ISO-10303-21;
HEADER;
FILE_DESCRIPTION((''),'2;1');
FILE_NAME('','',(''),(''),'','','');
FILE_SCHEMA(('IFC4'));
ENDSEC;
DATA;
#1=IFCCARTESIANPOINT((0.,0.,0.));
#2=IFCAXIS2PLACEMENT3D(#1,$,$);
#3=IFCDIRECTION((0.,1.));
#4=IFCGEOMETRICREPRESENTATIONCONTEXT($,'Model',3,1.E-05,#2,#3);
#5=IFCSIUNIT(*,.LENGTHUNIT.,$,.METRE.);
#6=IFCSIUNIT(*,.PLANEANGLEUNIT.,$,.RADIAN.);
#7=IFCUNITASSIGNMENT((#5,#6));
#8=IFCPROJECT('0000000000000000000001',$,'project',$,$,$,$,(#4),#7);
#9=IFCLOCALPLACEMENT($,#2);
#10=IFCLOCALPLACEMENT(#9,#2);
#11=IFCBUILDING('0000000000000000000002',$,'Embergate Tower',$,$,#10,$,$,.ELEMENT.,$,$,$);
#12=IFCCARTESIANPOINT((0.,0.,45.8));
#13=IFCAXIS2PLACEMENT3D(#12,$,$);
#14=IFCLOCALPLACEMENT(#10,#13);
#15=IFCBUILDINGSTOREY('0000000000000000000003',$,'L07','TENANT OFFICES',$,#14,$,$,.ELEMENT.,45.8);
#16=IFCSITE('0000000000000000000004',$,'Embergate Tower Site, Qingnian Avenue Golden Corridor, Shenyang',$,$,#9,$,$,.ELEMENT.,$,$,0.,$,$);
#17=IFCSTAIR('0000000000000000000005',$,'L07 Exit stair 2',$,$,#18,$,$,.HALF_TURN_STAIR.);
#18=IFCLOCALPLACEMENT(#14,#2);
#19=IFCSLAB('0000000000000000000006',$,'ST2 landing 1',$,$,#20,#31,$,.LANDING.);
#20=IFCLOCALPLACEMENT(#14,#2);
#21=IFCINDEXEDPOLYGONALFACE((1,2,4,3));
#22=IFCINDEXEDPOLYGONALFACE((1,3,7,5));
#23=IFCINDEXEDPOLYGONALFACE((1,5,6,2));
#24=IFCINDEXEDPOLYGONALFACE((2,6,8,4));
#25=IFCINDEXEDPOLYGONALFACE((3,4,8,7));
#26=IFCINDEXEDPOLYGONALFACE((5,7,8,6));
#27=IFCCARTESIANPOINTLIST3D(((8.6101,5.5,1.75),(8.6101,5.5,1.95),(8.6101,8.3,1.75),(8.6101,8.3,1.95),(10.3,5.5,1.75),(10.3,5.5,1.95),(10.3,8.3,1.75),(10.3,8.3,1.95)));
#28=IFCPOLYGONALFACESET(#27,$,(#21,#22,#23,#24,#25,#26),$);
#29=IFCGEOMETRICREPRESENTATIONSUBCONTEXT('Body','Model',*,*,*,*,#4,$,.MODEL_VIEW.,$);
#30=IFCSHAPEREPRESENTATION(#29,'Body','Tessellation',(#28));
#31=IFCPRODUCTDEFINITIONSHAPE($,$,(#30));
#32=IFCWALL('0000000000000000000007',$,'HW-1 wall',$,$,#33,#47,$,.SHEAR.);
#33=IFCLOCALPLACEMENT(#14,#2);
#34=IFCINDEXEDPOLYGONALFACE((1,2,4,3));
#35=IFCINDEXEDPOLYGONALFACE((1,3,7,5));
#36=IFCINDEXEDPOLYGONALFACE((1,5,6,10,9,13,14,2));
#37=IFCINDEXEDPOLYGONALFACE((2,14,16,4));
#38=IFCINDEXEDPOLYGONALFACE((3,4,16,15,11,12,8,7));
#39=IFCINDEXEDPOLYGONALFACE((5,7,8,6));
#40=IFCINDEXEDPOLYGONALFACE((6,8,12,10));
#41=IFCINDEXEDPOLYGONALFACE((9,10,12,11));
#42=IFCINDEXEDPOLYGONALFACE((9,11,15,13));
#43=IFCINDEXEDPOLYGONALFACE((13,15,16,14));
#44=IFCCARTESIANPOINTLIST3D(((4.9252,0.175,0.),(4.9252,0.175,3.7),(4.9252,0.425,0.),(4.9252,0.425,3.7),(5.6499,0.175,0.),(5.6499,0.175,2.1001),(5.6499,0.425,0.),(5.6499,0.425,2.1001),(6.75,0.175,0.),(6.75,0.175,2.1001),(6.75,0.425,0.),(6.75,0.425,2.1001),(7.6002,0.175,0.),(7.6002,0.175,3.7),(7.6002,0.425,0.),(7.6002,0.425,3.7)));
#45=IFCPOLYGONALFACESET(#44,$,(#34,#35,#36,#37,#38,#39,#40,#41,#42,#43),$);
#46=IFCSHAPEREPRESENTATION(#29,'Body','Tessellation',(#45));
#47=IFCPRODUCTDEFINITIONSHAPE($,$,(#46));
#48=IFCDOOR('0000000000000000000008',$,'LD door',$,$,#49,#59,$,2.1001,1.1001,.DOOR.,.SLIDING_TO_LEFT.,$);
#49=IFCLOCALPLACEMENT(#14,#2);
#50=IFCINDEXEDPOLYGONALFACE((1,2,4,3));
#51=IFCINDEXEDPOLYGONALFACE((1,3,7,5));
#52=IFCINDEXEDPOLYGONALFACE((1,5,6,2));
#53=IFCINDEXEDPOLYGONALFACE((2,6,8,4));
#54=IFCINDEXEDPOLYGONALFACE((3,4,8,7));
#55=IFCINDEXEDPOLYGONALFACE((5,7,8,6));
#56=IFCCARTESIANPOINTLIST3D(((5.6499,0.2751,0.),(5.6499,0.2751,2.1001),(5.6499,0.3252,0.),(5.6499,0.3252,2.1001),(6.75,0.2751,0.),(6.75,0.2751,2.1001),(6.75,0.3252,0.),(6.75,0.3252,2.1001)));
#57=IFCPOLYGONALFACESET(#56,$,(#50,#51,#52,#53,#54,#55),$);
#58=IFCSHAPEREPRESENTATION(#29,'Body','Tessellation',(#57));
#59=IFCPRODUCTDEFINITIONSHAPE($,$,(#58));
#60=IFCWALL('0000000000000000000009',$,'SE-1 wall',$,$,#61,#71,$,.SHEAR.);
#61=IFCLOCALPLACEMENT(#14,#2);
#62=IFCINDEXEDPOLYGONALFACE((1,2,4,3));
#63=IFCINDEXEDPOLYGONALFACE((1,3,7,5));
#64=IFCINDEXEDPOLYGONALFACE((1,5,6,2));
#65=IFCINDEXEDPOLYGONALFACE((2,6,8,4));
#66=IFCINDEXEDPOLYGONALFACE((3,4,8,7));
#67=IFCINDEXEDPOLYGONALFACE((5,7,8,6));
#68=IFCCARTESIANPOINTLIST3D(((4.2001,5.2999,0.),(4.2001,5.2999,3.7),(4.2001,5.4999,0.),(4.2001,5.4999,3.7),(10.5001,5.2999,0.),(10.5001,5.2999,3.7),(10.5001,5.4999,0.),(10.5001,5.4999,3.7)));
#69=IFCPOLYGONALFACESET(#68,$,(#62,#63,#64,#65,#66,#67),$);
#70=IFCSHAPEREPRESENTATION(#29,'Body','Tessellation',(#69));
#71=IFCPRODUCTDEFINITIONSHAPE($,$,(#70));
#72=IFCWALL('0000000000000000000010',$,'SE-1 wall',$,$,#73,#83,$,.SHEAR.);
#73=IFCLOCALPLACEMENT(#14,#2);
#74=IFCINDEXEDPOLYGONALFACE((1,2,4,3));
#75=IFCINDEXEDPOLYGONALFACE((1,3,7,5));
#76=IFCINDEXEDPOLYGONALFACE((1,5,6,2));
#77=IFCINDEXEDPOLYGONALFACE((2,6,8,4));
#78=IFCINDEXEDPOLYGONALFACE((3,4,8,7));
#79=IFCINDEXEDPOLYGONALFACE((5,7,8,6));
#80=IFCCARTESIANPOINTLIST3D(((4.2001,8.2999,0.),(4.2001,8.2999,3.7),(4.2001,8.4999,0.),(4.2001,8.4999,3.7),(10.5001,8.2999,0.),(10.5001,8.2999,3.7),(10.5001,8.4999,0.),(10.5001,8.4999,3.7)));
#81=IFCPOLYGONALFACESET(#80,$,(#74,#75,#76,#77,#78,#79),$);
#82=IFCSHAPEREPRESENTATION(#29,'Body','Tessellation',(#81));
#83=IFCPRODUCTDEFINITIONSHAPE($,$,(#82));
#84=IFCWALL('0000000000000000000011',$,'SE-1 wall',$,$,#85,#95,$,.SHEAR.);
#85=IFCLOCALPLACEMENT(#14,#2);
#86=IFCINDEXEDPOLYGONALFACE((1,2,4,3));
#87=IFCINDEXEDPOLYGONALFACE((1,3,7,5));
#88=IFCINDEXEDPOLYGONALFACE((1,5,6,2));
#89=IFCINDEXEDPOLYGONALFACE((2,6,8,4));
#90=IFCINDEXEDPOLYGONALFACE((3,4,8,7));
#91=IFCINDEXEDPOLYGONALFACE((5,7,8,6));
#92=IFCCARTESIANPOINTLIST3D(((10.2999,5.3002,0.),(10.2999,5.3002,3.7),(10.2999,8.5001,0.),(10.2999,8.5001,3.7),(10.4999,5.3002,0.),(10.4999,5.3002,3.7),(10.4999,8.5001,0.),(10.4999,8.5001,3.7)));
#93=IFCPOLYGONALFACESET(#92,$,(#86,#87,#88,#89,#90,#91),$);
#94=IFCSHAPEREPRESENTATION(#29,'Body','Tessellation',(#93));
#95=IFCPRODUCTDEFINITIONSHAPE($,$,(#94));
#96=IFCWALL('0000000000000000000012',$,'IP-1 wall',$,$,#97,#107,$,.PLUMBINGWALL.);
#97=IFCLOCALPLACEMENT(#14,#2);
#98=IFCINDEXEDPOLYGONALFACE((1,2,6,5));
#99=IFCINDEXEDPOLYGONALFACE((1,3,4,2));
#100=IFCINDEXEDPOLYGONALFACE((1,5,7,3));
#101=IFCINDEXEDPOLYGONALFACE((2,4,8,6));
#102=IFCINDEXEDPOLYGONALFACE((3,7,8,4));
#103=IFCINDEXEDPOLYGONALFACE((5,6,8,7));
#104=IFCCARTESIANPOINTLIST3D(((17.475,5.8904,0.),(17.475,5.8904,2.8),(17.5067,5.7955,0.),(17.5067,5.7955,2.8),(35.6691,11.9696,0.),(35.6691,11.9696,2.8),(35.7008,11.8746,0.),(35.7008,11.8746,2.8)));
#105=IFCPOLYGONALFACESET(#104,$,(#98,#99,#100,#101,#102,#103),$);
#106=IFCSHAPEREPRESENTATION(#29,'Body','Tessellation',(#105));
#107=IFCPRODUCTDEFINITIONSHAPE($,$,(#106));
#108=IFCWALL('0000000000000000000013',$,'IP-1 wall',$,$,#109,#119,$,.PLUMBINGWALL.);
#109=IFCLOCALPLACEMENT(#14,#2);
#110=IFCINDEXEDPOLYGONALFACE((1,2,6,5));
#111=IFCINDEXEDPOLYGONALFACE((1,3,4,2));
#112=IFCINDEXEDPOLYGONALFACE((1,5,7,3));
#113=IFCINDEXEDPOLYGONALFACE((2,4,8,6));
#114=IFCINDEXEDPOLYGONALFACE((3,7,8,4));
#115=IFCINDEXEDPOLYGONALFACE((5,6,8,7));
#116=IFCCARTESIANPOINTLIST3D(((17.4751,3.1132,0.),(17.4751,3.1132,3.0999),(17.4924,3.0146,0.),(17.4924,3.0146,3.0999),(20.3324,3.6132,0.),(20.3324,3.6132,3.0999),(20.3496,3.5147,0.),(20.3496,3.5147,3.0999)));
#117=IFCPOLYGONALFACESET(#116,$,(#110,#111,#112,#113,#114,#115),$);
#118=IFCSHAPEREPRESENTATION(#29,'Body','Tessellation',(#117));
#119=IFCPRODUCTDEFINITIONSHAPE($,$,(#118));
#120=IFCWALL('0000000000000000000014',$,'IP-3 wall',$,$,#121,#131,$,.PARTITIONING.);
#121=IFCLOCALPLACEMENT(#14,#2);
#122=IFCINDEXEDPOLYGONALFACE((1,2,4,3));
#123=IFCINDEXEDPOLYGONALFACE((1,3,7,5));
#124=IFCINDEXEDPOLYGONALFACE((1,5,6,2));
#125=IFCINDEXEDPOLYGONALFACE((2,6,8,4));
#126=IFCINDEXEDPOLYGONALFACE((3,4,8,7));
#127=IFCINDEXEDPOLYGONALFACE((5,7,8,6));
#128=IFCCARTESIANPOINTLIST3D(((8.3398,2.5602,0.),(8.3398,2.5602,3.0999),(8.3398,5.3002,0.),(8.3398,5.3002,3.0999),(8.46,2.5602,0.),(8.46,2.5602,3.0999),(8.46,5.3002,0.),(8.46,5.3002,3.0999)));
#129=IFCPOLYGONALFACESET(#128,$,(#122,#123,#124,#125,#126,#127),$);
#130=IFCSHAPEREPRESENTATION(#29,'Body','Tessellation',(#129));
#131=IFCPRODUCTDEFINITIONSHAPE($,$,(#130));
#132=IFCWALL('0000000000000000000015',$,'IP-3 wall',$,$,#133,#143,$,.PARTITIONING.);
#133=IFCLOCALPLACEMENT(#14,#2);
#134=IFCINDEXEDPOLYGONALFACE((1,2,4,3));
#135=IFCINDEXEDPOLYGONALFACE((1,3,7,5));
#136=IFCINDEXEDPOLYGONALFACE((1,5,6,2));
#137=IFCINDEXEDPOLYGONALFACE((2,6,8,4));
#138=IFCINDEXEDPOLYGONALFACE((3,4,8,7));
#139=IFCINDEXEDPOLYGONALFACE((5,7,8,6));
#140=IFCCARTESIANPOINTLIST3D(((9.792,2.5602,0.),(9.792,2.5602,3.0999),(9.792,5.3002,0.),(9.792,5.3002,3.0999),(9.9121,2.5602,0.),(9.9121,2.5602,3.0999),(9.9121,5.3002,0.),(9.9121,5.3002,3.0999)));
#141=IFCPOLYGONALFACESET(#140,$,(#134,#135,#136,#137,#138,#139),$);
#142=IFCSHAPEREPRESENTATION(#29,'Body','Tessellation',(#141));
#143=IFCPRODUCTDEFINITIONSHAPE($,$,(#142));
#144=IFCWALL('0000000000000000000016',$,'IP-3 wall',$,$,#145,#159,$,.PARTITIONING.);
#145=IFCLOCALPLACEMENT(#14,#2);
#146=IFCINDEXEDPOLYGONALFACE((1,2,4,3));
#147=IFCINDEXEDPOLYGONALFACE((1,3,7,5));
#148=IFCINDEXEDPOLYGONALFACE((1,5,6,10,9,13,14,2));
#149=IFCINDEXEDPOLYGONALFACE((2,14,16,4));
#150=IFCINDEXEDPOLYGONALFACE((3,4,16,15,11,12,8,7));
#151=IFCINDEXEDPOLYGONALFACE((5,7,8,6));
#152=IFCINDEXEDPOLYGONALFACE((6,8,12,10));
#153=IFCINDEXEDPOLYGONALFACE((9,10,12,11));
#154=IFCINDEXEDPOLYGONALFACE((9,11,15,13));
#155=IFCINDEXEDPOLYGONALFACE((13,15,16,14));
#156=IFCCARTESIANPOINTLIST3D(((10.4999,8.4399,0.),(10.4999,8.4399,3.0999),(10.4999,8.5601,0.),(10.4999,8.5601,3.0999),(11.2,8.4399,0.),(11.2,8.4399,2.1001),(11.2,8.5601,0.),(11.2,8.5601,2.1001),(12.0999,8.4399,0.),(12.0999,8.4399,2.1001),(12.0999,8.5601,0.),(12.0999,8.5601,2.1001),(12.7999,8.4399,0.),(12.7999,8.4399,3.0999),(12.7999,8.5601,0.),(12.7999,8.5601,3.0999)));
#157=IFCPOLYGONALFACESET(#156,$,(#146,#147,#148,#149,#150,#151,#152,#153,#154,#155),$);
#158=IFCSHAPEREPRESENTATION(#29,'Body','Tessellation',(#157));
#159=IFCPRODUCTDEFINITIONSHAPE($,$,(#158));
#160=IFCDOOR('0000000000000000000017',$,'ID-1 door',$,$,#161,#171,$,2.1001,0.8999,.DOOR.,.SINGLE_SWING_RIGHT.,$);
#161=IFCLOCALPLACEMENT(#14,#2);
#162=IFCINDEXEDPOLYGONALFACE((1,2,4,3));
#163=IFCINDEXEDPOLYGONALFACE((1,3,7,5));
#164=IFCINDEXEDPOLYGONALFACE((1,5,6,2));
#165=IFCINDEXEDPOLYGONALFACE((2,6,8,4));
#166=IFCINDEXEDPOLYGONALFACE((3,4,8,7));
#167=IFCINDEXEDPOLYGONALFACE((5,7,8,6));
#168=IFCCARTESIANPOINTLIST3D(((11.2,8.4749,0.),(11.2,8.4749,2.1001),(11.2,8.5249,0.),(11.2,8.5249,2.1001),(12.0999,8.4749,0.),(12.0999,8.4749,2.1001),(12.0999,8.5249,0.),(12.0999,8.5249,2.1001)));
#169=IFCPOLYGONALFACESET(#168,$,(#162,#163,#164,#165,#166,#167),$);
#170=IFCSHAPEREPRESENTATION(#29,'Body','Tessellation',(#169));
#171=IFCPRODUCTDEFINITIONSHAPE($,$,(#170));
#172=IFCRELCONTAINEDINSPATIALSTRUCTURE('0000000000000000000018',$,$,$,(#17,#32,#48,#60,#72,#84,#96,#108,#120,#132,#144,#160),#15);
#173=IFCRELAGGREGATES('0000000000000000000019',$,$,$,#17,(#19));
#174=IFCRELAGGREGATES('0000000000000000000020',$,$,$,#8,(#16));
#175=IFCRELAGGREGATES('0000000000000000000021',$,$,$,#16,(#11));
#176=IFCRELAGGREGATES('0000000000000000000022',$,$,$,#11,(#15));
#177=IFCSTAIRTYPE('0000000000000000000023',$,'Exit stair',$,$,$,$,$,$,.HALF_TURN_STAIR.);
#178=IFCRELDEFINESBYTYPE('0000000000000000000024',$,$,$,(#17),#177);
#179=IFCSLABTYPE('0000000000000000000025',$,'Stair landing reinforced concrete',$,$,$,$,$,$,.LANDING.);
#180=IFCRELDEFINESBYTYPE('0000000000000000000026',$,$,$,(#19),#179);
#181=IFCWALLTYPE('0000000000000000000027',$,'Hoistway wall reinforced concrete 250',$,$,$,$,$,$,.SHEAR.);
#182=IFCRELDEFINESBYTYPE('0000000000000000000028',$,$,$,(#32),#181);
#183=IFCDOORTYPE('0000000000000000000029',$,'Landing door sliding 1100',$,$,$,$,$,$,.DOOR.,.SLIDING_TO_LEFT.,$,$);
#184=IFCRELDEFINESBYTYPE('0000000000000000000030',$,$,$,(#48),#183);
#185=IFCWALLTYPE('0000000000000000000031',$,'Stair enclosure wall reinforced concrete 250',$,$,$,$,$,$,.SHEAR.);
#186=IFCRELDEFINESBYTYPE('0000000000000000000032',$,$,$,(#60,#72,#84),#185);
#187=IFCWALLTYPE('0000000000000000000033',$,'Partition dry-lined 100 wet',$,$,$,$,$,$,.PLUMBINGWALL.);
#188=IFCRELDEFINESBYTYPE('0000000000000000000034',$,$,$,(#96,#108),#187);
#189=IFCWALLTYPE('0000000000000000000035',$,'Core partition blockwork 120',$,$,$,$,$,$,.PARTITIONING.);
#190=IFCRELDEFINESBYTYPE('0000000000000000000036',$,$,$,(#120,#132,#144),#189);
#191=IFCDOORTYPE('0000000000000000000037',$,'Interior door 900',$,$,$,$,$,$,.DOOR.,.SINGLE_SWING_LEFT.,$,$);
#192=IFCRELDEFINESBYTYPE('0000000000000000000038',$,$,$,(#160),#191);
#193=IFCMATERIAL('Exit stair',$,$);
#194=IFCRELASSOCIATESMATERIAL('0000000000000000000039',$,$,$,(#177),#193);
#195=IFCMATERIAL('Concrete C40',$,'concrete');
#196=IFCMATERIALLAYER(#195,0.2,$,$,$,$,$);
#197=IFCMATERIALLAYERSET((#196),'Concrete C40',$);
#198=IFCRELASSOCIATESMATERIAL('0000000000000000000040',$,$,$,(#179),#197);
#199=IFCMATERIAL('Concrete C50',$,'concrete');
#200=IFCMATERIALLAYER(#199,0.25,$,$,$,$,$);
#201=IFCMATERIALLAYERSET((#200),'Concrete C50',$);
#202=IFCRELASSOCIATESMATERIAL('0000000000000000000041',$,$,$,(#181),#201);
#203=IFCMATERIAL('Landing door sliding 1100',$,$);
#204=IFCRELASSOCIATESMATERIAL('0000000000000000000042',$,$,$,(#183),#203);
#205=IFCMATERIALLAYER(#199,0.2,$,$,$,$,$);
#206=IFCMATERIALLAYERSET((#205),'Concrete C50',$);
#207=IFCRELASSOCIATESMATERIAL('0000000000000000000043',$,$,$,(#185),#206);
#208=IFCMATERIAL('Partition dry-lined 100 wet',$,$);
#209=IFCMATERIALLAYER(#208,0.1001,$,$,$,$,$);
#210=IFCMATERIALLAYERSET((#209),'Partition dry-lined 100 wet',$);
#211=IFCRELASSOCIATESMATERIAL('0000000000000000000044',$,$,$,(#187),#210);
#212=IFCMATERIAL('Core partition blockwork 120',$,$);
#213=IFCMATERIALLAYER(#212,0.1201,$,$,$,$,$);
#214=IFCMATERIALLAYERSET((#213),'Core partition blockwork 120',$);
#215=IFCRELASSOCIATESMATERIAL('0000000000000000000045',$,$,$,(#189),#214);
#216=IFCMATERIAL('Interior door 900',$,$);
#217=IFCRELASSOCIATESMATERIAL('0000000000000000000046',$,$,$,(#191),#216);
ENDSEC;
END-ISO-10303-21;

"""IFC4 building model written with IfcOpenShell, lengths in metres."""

from ifc_helpers import new_model, si_unit, direction, frame, frame_2d, origin, place, context, subcontext, project, spatial, polyline, rectangle, outline, extrude, source, transform, mapped, material, layer, layer_set, type_object, element, fill, aggregate, save


model = new_model("IFC4")

# Units and contexts
model_context = context("Model", 3, precision=1e-05, world=origin(), true_north=direction((0.0, 1.0)))
body_context = subcontext(model_context, "Body", "Model", "MODEL_VIEW")
ifc_project = project(units=[si_unit("LENGTHUNIT", "METRE"), si_unit("PLANEANGLEUNIT", "RADIAN")], contexts=[model_context])

# Site, building, storey
site_placement = place(None, origin())
site = spatial("IfcSite", under=ifc_project, at=site_placement, Name="Embergate Tower Site, Qingnian Avenue Golden Corridor, Shenyang", CompositionType="ELEMENT", RefElevation=0.0)
building_placement = place(site_placement, origin())
building = spatial("IfcBuilding", under=site, at=building_placement, Name="Embergate Tower", CompositionType="ELEMENT")
storey_placement = place(building_placement, frame((0.0, 0.0, 45.8)))
storey = spatial("IfcBuildingStorey", under=building, at=storey_placement, Name="L07", Description="TENANT OFFICES", CompositionType="ELEMENT", Elevation=45.8)

# Stair, slab
ifc_material_1 = material(Name="Exit stair")
stair_type = type_object("IfcStairType", Name="Exit stair", PredefinedType="HALF_TURN_STAIR", material=ifc_material_1)
stair_placement = place(storey_placement, origin())
stair = element("IfcStair", 1, at=stair_placement, inside=storey, type_object=stair_type, Name="L07 Exit stair 2", PredefinedType="HALF_TURN_STAIR")
ifc_material_2 = material(Name="Concrete C40", Category="concrete")
ifc_layer_1 = layer(ifc_material_2, 0.2)
ifc_layer_set_1 = layer_set([ifc_layer_1], Name="Concrete C40")
slab_type = type_object("IfcSlabType", Name="Stair landing reinforced concrete", PredefinedType="LANDING", material=ifc_layer_set_1)
shared_shape_1 = source(origin(), body_context, "Body", "SweptSolid", [
    extrude(outline(polyline([(0.0, 0.0), (1.6899, 0.0), (1.6899, 2.8), (0.0, 2.8), (0.0, 0.0)])), origin(), (0.0, 0.0, 1.0), 0.2),
])
slab_placement = place(storey_placement, frame((8.6101, 5.5, 1.75)))
slab = element("IfcSlab", 2, at=slab_placement, type_object=slab_type, Name="ST2 landing 1", PredefinedType="LANDING", context=body_context, shape_type="MappedRepresentation", body=[
    mapped(shared_shape_1, transform((0.0, 0.0, 0.0))),
])

# Wall, opening, door
ifc_material_3 = material(Name="Concrete C50", Category="concrete")
ifc_layer_2 = layer(ifc_material_3, 0.25)
ifc_layer_set_2 = layer_set([ifc_layer_2], Name="Concrete C50")
wall_type_1 = type_object("IfcWallType", Name="Hoistway wall reinforced concrete 250", PredefinedType="SHEAR", material=ifc_layer_set_2)
shared_shape_2 = source(origin(), body_context, "Body", "SweptSolid", [
    extrude(rectangle(XDim=2.675, YDim=0.25, at=frame_2d((1.3374, 0.0))), origin(), (0.0, 0.0, 1.0), 3.7),
])
wall_1_placement = place(storey_placement, frame((7.6001, 0.3, 0.0), z_axis=(0.0, 0.0, 1.0), x_axis=(-1.0, 0.0, 0.0)))
wall_1 = element("IfcWall", 3, at=wall_1_placement, inside=storey, type_object=wall_type_1, Name="HW-1 wall", PredefinedType="SHEAR", context=body_context, shape_type="MappedRepresentation", body=[
    mapped(shared_shape_2, transform((0.0, 0.0, 0.0))),
])
shared_shape_3 = source(origin(), body_context, "Body", "SweptSolid", [
    extrude(rectangle(XDim=1.1001, YDim=2.1001, at=frame_2d((0.55, 1.05))), frame((0.0, 0.135, 0.0), z_axis=(0.0, -1.0, 0.0), x_axis=(1.0, 0.0, 0.0)), (0.0, 0.0, 1.0), 0.27),
])
opening_1_placement = place(wall_1_placement, frame((0.8501, 0.0, 0.0)))
opening_1 = element("IfcOpeningElement", 4, at=opening_1_placement, cuts=wall_1, PredefinedType="OPENING", context=body_context, shape_type="MappedRepresentation", body=[
    mapped(shared_shape_3, transform((0.0, 0.0, 0.0))),
])
ifc_material_4 = material(Name="Landing door sliding 1100")
door_type_1 = type_object("IfcDoorType", Name="Landing door sliding 1100", OperationType="SLIDING_TO_LEFT", PredefinedType="DOOR", material=ifc_material_4)
shared_shape_4 = source(origin(), body_context, "Body", "SweptSolid", [
    extrude(rectangle(XDim=1.1001, YDim=2.1001, at=frame_2d((0.55, 1.05))), frame((0.0, 0.0249, 0.0), z_axis=(0.0, -1.0, 0.0), x_axis=(1.0, 0.0, 0.0)), (0.0, 0.0, 1.0), 0.05),
])
door_1_placement = place(opening_1_placement, origin())
door_1 = element("IfcDoor", 5, at=door_1_placement, inside=storey, type_object=door_type_1, Name="LD door", OperationType="SLIDING_TO_LEFT", OverallHeight=2.1001, OverallWidth=1.1001, PredefinedType="DOOR", context=body_context, shape_type="MappedRepresentation", body=[
    mapped(shared_shape_4, transform((0.0, 0.0, 0.0))),
])
fill(opening_1, door_1)

# Walls
ifc_layer_3 = layer(ifc_material_3, 0.2)
ifc_layer_set_3 = layer_set([ifc_layer_3], Name="Concrete C50")
wall_type_2 = type_object("IfcWallType", Name="Stair enclosure wall reinforced concrete 250", PredefinedType="SHEAR", material=ifc_layer_set_3)
shared_shape_5 = source(origin(), body_context, "Body", "SweptSolid", [
    extrude(rectangle(XDim=6.3, YDim=0.2, at=frame_2d((3.1499, 0.0))), origin(), (0.0, 0.0, 1.0), 3.7),
])
for number, where, z_axis, x_axis, name in (
    (6, (10.5, 5.3999, 0.0), (0.0, 0.0, 1.0), (-1.0, 0.0, 0.0), "SE-1 wall"),
    (7, (10.5, 8.3999, 0.0), (0.0, 0.0, 1.0), (-1.0, 0.0, 0.0), "SE-1 wall"),
):
    element("IfcWall", number, at=place(storey_placement, frame(where, z_axis=z_axis, x_axis=x_axis)), inside=storey, type_object=wall_type_2, Name=name, PredefinedType="SHEAR", context=body_context, shape_type="MappedRepresentation", body=[
        mapped(shared_shape_5, transform((0.0, 0.0, 0.0))),
    ])
shared_shape_6 = source(origin(), body_context, "Body", "SweptSolid", [
    extrude(rectangle(XDim=3.2, YDim=0.2, at=frame_2d((1.6001, 0.0))), origin(), (0.0, 0.0, 1.0), 3.7),
])
wall_2_placement = place(storey_placement, frame((10.3999, 5.3, 0.0), z_axis=(0.0, 0.0, 1.0), x_axis=(0.0, 1.0, 0.0)))
element("IfcWall", 8, at=wall_2_placement, inside=storey, type_object=wall_type_2, Name="SE-1 wall", PredefinedType="SHEAR", context=body_context, shape_type="MappedRepresentation", body=[
    mapped(shared_shape_6, transform((0.0, 0.0, 0.0))),
])
ifc_material_5 = material(Name="Partition dry-lined 100 wet")
ifc_layer_4 = layer(ifc_material_5, 0.1001)
ifc_layer_set_4 = layer_set([ifc_layer_4], Name="Partition dry-lined 100 wet")
wall_type_3 = type_object("IfcWallType", Name="Partition dry-lined 100 wet", PredefinedType="PLUMBINGWALL", material=ifc_layer_set_4)
shared_shape_7 = source(origin(), body_context, "Body", "SweptSolid", [
    extrude(rectangle(XDim=19.1829, YDim=0.1001, at=frame_2d((9.5913, 0.0))), origin(), (0.0, 0.0, 1.0), 2.8),
])
wall_3_placement = place(storey_placement, frame((17.491, 5.843, 0.0), z_axis=(0.0, 0.0, 1.0), x_axis=(0.948458, 0.316903, 0.0)))
element("IfcWall", 9, at=wall_3_placement, inside=storey, type_object=wall_type_3, Name="IP-1 wall", PredefinedType="PLUMBINGWALL", context=body_context, shape_type="MappedRepresentation", body=[
    mapped(shared_shape_7, transform((0.0, 0.0, 0.0))),
])
shared_shape_8 = source(origin(), body_context, "Body", "SweptSolid", [
    extrude(rectangle(XDim=2.9006, YDim=0.1001, at=frame_2d((1.4502, 0.0))), origin(), (0.0, 0.0, 1.0), 3.0999),
])
wall_4_placement = place(storey_placement, frame((17.4839, 3.064, 0.0), z_axis=(0.0, 0.0, 1.0), x_axis=(0.985031, 0.172378, 0.0)))
element("IfcWall", 10, at=wall_4_placement, inside=storey, type_object=wall_type_3, Name="IP-1 wall", PredefinedType="PLUMBINGWALL", context=body_context, shape_type="MappedRepresentation", body=[
    mapped(shared_shape_8, transform((0.0, 0.0, 0.0))),
])
ifc_material_6 = material(Name="Core partition blockwork 120")
ifc_layer_5 = layer(ifc_material_6, 0.1201)
ifc_layer_set_5 = layer_set([ifc_layer_5], Name="Core partition blockwork 120")
wall_type_4 = type_object("IfcWallType", Name="Core partition blockwork 120", PredefinedType="PARTITIONING", material=ifc_layer_set_5)
shared_shape_9 = source(origin(), body_context, "Body", "SweptSolid", [
    extrude(rectangle(XDim=2.74, YDim=0.1201, at=frame_2d((1.3701, 0.0))), origin(), (0.0, 0.0, 1.0), 3.0999),
])
for number, where, z_axis, x_axis, name in (
    (11, (8.3999, 2.5601, 0.0), (0.0, 0.0, 1.0), (0.0, 1.0, 0.0), "IP-3 wall"),
    (12, (9.8521, 2.5601, 0.0), (0.0, 0.0, 1.0), (0.0, 1.0, 0.0), "IP-3 wall"),
):
    element("IfcWall", number, at=place(storey_placement, frame(where, z_axis=z_axis, x_axis=x_axis)), inside=storey, type_object=wall_type_4, Name=name, PredefinedType="PARTITIONING", context=body_context, shape_type="MappedRepresentation", body=[
        mapped(shared_shape_9, transform((0.0, 0.0, 0.0))),
    ])

# Wall, opening, door
shared_shape_10 = source(origin(), body_context, "Body", "SweptSolid", [
    extrude(rectangle(XDim=2.3, YDim=0.1201, at=frame_2d((1.1499, 0.0))), origin(), (0.0, 0.0, 1.0), 3.0999),
])
wall_5_placement = place(storey_placement, frame((10.5, 8.5, 0.0), z_axis=(0.0, 0.0, 1.0), x_axis=(1.0, 0.0, 0.0)))
wall_5 = element("IfcWall", 13, at=wall_5_placement, inside=storey, type_object=wall_type_4, Name="IP-3 wall", PredefinedType="PARTITIONING", context=body_context, shape_type="MappedRepresentation", body=[
    mapped(shared_shape_10, transform((0.0, 0.0, 0.0))),
])
shared_shape_11 = source(origin(), body_context, "Body", "SweptSolid", [
    extrude(rectangle(XDim=0.8999, YDim=2.1001, at=frame_2d((0.45, 1.05))), frame((0.0, 0.0701, 0.0), z_axis=(0.0, -1.0, 0.0), x_axis=(1.0, 0.0, 0.0)), (0.0, 0.0, 1.0), 0.1401),
])
opening_2_placement = place(wall_5_placement, frame((0.7, 0.0, 0.0)))
opening_2 = element("IfcOpeningElement", 14, at=opening_2_placement, cuts=wall_5, PredefinedType="OPENING", context=body_context, shape_type="MappedRepresentation", body=[
    mapped(shared_shape_11, transform((0.0, 0.0, 0.0))),
])
ifc_material_7 = material(Name="Interior door 900")
door_type_2 = type_object("IfcDoorType", Name="Interior door 900", OperationType="SINGLE_SWING_LEFT", PredefinedType="DOOR", material=ifc_material_7)
shared_shape_12 = source(origin(), body_context, "Body", "SweptSolid", [
    extrude(rectangle(XDim=0.8999, YDim=2.1001, at=frame_2d((0.45, 1.05))), frame((0.0, 0.0249, 0.0), z_axis=(0.0, -1.0, 0.0), x_axis=(1.0, 0.0, 0.0)), (0.0, 0.0, 1.0), 0.05),
])
door_2_placement = place(opening_2_placement, origin())
door_2 = element("IfcDoor", 15, at=door_2_placement, inside=storey, type_object=door_type_2, Name="ID-1 door", OperationType="SINGLE_SWING_RIGHT", OverallHeight=2.1001, OverallWidth=0.8999, PredefinedType="DOOR", context=body_context, shape_type="MappedRepresentation", body=[
    mapped(shared_shape_12, transform((0.0, 0.0, 0.0))),
])
fill(opening_2, door_2)

aggregate(stair, [slab])

save(model, "model.ifc")
